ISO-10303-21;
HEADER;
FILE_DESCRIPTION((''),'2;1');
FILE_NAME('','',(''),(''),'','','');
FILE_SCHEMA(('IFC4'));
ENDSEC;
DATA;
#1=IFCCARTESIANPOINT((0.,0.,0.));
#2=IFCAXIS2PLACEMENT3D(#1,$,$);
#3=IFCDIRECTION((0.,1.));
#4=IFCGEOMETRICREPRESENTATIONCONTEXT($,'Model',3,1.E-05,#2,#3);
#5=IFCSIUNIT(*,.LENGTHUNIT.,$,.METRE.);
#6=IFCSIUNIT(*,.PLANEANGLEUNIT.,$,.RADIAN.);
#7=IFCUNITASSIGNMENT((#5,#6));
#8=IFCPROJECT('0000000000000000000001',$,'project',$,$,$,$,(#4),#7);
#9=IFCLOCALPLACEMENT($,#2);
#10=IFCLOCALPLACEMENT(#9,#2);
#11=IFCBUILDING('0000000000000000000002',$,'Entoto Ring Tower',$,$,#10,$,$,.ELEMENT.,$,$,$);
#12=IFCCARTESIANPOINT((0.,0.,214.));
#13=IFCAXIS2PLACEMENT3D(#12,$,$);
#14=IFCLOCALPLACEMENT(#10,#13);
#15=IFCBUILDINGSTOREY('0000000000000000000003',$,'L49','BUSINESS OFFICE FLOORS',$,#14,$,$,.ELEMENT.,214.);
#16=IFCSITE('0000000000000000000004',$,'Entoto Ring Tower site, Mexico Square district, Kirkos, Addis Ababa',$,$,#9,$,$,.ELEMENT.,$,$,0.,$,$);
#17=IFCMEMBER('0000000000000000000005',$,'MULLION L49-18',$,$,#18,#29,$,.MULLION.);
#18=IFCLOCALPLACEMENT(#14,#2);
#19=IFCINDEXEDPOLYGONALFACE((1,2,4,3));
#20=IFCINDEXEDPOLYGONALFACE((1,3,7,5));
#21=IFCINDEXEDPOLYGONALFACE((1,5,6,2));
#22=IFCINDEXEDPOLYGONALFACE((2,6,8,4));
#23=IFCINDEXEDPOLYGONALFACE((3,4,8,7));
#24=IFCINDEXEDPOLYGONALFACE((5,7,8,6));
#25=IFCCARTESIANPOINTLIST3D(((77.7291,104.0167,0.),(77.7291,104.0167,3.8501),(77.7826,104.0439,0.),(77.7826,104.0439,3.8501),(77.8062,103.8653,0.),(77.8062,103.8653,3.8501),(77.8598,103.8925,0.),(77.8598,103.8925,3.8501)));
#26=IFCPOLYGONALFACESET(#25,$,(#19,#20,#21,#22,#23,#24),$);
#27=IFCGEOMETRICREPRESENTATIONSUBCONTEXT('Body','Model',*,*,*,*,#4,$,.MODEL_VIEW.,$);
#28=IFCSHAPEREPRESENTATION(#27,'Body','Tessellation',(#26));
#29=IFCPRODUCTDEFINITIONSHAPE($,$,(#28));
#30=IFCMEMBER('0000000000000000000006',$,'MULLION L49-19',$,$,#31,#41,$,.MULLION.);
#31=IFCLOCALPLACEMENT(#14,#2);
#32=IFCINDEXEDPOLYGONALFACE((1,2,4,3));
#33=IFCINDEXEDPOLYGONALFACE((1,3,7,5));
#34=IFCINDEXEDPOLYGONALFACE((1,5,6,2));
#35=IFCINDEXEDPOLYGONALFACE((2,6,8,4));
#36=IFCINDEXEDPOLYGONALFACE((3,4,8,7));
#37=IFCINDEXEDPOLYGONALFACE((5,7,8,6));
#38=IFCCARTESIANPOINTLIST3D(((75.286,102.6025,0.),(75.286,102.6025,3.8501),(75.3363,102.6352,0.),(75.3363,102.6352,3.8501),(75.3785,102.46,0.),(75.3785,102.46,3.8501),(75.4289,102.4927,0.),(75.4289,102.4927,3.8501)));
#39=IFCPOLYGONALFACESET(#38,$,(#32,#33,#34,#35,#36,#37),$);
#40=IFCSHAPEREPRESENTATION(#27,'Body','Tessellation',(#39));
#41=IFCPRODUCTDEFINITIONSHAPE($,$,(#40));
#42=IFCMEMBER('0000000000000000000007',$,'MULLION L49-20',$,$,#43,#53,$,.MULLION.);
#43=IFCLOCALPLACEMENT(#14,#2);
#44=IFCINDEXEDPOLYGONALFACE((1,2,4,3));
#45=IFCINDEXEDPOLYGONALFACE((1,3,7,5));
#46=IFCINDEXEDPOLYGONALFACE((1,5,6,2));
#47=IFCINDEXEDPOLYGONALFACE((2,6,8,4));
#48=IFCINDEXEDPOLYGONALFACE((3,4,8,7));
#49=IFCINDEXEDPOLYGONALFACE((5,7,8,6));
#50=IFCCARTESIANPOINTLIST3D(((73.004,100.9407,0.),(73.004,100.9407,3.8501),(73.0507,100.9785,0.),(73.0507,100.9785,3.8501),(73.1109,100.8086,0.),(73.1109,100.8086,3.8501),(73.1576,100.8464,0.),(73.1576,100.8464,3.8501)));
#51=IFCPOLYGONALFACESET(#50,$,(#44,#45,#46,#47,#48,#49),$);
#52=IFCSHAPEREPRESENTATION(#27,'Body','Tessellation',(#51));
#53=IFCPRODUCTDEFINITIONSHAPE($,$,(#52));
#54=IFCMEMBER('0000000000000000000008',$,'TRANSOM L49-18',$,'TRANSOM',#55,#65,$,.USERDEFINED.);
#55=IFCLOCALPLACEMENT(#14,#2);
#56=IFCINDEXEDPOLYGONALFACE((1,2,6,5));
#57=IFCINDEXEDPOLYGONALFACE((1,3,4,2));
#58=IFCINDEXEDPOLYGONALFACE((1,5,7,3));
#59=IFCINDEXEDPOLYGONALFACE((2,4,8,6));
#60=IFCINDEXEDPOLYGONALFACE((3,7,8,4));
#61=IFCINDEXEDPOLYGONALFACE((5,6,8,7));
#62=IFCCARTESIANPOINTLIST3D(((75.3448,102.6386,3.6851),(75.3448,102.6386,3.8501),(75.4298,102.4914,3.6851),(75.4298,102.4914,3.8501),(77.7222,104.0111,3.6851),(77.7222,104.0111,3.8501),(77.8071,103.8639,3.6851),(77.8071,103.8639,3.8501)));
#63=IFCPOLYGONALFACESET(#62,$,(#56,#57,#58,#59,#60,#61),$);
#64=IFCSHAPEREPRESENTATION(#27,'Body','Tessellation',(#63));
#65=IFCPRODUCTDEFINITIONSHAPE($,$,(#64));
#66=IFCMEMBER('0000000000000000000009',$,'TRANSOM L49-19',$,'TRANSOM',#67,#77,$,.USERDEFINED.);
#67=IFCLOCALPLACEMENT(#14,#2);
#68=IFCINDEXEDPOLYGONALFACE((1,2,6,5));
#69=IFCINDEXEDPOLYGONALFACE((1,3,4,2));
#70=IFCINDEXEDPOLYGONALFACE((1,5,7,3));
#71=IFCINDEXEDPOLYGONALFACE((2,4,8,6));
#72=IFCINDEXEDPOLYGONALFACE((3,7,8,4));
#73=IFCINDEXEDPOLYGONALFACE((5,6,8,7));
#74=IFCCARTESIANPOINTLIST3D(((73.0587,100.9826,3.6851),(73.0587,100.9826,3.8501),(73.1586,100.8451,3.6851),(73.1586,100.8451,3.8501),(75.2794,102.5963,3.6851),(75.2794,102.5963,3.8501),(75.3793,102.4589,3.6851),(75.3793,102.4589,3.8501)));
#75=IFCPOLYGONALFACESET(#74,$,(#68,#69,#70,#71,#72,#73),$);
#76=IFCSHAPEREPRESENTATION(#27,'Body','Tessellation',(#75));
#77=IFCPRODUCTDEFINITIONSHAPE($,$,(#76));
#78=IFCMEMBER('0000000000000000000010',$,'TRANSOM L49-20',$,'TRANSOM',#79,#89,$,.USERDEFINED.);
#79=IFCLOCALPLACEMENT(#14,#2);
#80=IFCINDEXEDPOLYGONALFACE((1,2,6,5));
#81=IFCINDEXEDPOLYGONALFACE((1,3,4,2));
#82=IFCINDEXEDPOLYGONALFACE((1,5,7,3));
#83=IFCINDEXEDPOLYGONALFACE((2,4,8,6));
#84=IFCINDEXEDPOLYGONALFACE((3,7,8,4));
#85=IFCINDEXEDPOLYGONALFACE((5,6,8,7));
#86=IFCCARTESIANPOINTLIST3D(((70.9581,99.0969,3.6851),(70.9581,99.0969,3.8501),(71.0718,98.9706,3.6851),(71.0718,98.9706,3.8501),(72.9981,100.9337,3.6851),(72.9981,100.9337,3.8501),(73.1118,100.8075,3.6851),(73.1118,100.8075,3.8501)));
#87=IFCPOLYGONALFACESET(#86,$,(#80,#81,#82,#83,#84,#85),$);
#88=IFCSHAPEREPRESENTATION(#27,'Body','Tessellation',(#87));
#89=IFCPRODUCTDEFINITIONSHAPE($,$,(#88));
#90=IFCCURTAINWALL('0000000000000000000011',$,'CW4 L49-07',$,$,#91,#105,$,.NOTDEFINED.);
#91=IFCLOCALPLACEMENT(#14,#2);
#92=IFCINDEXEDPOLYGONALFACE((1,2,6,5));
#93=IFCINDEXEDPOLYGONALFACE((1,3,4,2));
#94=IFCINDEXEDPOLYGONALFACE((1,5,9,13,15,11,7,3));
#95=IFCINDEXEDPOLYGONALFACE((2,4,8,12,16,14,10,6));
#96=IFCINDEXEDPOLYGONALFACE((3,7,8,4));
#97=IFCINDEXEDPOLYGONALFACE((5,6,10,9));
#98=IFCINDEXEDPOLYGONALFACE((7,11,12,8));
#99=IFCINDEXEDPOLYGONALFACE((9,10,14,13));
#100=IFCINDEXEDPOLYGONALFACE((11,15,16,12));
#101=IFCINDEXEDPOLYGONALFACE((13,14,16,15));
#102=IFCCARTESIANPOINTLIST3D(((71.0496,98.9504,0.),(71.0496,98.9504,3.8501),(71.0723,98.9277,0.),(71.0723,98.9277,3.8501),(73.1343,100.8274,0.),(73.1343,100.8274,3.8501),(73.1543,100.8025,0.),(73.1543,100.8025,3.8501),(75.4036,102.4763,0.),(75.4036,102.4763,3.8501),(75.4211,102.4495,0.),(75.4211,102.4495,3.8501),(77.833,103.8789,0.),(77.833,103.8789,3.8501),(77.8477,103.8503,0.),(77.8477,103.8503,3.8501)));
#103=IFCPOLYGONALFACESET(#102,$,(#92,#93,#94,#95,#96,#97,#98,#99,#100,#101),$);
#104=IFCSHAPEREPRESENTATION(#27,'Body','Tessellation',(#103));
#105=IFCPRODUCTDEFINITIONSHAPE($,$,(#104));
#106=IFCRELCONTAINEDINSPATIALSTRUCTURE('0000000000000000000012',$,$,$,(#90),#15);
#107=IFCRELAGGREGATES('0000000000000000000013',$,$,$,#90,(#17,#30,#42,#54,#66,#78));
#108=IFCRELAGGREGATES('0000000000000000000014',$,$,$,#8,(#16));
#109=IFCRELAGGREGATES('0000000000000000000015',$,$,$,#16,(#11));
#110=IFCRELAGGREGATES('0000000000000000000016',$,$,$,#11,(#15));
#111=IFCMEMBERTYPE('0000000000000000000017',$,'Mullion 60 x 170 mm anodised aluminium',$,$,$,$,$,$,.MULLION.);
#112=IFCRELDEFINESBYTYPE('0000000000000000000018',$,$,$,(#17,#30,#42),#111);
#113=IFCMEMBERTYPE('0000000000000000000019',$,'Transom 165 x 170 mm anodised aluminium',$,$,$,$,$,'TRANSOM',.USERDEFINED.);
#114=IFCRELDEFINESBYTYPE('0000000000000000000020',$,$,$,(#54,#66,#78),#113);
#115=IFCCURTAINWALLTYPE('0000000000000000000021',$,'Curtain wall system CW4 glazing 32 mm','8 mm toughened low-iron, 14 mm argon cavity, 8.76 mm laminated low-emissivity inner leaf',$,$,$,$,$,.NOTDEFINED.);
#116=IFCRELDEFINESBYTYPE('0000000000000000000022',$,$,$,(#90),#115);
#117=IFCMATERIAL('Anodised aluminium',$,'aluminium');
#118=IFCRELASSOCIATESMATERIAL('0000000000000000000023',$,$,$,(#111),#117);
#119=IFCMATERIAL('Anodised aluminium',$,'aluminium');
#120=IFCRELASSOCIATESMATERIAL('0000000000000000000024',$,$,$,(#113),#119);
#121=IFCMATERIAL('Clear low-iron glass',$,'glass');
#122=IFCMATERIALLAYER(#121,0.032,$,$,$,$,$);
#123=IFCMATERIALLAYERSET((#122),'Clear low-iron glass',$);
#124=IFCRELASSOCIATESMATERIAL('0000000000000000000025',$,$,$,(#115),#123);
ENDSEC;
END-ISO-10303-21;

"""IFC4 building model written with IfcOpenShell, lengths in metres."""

from ifc_helpers import new_model, si_unit, direction, frame, origin, origin_2d, place, context, subcontext, project, spatial, polyline, rectangle, outline, extrude, material, layer, layer_set, material_profile, profile_set, type_object, element, aggregate, save


model = new_model("IFC4")

# Units and contexts
model_context = context("Model", 3, precision=1e-05, world=origin(), true_north=direction((0.0, 1.0)))
body_context = subcontext(model_context, "Body", "Model", "MODEL_VIEW")
ifc_project = project(units=[si_unit("LENGTHUNIT", "METRE"), si_unit("PLANEANGLEUNIT", "RADIAN")], contexts=[model_context])

# Members
ifc_material_1 = material(Name="Anodised aluminium", Category="aluminium")
ifc_material_profile_1 = material_profile(ifc_material_1, rectangle(XDim=0.0601, YDim=0.1699, at=origin_2d()), Name="Mullion 60 x 170 mm anodised aluminium")
ifc_profile_set_1 = profile_set([ifc_material_profile_1], Name="Anodised aluminium")
member_type_1 = type_object("IfcMemberType", Name="Mullion 60 x 170 mm anodised aluminium", PredefinedType="MULLION", material=ifc_profile_set_1)
site_placement = place(None, origin())
building_placement = place(site_placement, origin())
storey_placement = place(building_placement, frame((0.0, 0.0, 214.0)))
member_1_placement = place(storey_placement, frame((77.7944, 103.9546, 0.0), z_axis=(0.0, 0.0, 1.0), x_axis=(-0.891007, -0.45399, 0.0)))
member_1 = element("IfcMember", 1, at=member_1_placement, type_object=member_type_1, Name="MULLION L49-18", PredefinedType="MULLION", context=body_context, shape_type="SweptSolid", body=[
    extrude(rectangle(XDim=0.0601, YDim=0.1699, at=origin_2d()), origin(), (0.0, 0.0, 1.0), 3.8501),
])
member_2_placement = place(storey_placement, frame((75.3574, 102.5476, 0.0), z_axis=(0.0, 0.0, 1.0), x_axis=(-0.838671, -0.544639, 0.0)))
member_2 = element("IfcMember", 2, at=member_2_placement, type_object=member_type_1, Name="MULLION L49-19", PredefinedType="MULLION", context=body_context, shape_type="SweptSolid", body=[
    extrude(rectangle(XDim=0.0601, YDim=0.1699, at=origin_2d()), origin(), (0.0, 0.0, 1.0), 3.8501),
])
member_3_placement = place(storey_placement, frame((73.0808, 100.8936, 0.0), z_axis=(0.0, 0.0, 1.0), x_axis=(-0.777146, -0.62932, 0.0)))
member_3 = element("IfcMember", 3, at=member_3_placement, type_object=member_type_1, Name="MULLION L49-20", PredefinedType="MULLION", context=body_context, shape_type="SweptSolid", body=[
    extrude(rectangle(XDim=0.0601, YDim=0.1699, at=origin_2d()), origin(), (0.0, 0.0, 1.0), 3.8501),
])
ifc_material_2 = material(Name="Anodised aluminium", Category="aluminium")
ifc_material_profile_2 = material_profile(ifc_material_2, rectangle(XDim=0.1699, YDim=0.165, at=origin_2d()), Name="Transom 165 x 170 mm anodised aluminium")
ifc_profile_set_2 = profile_set([ifc_material_profile_2], Name="Anodised aluminium")
member_type_2 = type_object("IfcMemberType", Name="Transom 165 x 170 mm anodised aluminium", ElementType="TRANSOM", PredefinedType="USERDEFINED", material=ifc_profile_set_2)
member_4_placement = place(storey_placement, frame((77.7646, 103.9375, 3.7676), z_axis=(-0.866035, -0.499984, 0.0), x_axis=(0.499984, -0.866035, 0.0)))
member_4 = element("IfcMember", 4, at=member_4_placement, type_object=member_type_2, Name="TRANSOM L49-18", ObjectType="TRANSOM", PredefinedType="USERDEFINED", context=body_context, shape_type="SweptSolid", body=[
    extrude(rectangle(XDim=0.1699, YDim=0.165, at=origin_2d()), origin(), (0.0, 0.0, 1.0), 2.7451),
])
member_5_placement = place(storey_placement, frame((75.3293, 102.5276, 3.7676), z_axis=(-0.808959, -0.587865, 0.0), x_axis=(0.587865, -0.808959, 0.0)))
member_5 = element("IfcMember", 5, at=member_5_placement, type_object=member_type_2, Name="TRANSOM L49-19", ObjectType="TRANSOM", PredefinedType="USERDEFINED", context=body_context, shape_type="SweptSolid", body=[
    extrude(rectangle(XDim=0.1699, YDim=0.165, at=origin_2d()), origin(), (0.0, 0.0, 1.0), 2.7451),
])
member_6_placement = place(storey_placement, frame((73.0549, 100.8706, 3.7676), z_axis=(-0.743135, -0.669142, 0.0), x_axis=(0.669142, -0.743135, 0.0)))
member_6 = element("IfcMember", 6, at=member_6_placement, type_object=member_type_2, Name="TRANSOM L49-20", ObjectType="TRANSOM", PredefinedType="USERDEFINED", context=body_context, shape_type="SweptSolid", body=[
    extrude(rectangle(XDim=0.1699, YDim=0.165, at=origin_2d()), origin(), (0.0, 0.0, 1.0), 2.7451),
])

# Site, building, storey
site = spatial("IfcSite", under=ifc_project, at=site_placement, Name="Entoto Ring Tower site, Mexico Square district, Kirkos, Addis Ababa", CompositionType="ELEMENT", RefElevation=0.0)
building = spatial("IfcBuilding", under=site, at=building_placement, Name="Entoto Ring Tower", CompositionType="ELEMENT")
storey = spatial("IfcBuildingStorey", under=building, at=storey_placement, Name="L49", Description="BUSINESS OFFICE FLOORS", CompositionType="ELEMENT", Elevation=214.0)

# Curtain wall
ifc_material_3 = material(Name="Clear low-iron glass", Category="glass")
ifc_layer = layer(ifc_material_3, 0.032)
ifc_layer_set = layer_set([ifc_layer], Name="Clear low-iron glass")
curtain_wall_type = type_object("IfcCurtainWallType", Name="Curtain wall system CW4 glazing 32 mm", Description="8 mm toughened low-iron, 14 mm argon cavity, 8.76 mm laminated low-emissivity inner leaf", PredefinedType="NOTDEFINED", material=ifc_layer_set)
curtain_wall_1_placement = place(storey_placement, origin())
curtain_wall_1 = element("IfcCurtainWall", 7, at=curtain_wall_1_placement, inside=storey, type_object=curtain_wall_type, Name="CW4 L49-07", PredefinedType="NOTDEFINED", context=body_context, shape_type="SweptSolid", body=[
    extrude(outline(polyline([(77.833, 103.8789), (75.4036, 102.4763), (73.1343, 100.8274), (71.0496, 98.9504), (71.0723, 98.9277), (73.1543, 100.8025), (75.4211, 102.4495), (77.8477, 103.8503), (77.833, 103.8789)])), origin(), (0.0, 0.0, 1.0), 3.8501),
])
aggregate(curtain_wall_1, [member_1, member_2, member_3, member_4, member_5, member_6])

save(model, "model.ifc")
